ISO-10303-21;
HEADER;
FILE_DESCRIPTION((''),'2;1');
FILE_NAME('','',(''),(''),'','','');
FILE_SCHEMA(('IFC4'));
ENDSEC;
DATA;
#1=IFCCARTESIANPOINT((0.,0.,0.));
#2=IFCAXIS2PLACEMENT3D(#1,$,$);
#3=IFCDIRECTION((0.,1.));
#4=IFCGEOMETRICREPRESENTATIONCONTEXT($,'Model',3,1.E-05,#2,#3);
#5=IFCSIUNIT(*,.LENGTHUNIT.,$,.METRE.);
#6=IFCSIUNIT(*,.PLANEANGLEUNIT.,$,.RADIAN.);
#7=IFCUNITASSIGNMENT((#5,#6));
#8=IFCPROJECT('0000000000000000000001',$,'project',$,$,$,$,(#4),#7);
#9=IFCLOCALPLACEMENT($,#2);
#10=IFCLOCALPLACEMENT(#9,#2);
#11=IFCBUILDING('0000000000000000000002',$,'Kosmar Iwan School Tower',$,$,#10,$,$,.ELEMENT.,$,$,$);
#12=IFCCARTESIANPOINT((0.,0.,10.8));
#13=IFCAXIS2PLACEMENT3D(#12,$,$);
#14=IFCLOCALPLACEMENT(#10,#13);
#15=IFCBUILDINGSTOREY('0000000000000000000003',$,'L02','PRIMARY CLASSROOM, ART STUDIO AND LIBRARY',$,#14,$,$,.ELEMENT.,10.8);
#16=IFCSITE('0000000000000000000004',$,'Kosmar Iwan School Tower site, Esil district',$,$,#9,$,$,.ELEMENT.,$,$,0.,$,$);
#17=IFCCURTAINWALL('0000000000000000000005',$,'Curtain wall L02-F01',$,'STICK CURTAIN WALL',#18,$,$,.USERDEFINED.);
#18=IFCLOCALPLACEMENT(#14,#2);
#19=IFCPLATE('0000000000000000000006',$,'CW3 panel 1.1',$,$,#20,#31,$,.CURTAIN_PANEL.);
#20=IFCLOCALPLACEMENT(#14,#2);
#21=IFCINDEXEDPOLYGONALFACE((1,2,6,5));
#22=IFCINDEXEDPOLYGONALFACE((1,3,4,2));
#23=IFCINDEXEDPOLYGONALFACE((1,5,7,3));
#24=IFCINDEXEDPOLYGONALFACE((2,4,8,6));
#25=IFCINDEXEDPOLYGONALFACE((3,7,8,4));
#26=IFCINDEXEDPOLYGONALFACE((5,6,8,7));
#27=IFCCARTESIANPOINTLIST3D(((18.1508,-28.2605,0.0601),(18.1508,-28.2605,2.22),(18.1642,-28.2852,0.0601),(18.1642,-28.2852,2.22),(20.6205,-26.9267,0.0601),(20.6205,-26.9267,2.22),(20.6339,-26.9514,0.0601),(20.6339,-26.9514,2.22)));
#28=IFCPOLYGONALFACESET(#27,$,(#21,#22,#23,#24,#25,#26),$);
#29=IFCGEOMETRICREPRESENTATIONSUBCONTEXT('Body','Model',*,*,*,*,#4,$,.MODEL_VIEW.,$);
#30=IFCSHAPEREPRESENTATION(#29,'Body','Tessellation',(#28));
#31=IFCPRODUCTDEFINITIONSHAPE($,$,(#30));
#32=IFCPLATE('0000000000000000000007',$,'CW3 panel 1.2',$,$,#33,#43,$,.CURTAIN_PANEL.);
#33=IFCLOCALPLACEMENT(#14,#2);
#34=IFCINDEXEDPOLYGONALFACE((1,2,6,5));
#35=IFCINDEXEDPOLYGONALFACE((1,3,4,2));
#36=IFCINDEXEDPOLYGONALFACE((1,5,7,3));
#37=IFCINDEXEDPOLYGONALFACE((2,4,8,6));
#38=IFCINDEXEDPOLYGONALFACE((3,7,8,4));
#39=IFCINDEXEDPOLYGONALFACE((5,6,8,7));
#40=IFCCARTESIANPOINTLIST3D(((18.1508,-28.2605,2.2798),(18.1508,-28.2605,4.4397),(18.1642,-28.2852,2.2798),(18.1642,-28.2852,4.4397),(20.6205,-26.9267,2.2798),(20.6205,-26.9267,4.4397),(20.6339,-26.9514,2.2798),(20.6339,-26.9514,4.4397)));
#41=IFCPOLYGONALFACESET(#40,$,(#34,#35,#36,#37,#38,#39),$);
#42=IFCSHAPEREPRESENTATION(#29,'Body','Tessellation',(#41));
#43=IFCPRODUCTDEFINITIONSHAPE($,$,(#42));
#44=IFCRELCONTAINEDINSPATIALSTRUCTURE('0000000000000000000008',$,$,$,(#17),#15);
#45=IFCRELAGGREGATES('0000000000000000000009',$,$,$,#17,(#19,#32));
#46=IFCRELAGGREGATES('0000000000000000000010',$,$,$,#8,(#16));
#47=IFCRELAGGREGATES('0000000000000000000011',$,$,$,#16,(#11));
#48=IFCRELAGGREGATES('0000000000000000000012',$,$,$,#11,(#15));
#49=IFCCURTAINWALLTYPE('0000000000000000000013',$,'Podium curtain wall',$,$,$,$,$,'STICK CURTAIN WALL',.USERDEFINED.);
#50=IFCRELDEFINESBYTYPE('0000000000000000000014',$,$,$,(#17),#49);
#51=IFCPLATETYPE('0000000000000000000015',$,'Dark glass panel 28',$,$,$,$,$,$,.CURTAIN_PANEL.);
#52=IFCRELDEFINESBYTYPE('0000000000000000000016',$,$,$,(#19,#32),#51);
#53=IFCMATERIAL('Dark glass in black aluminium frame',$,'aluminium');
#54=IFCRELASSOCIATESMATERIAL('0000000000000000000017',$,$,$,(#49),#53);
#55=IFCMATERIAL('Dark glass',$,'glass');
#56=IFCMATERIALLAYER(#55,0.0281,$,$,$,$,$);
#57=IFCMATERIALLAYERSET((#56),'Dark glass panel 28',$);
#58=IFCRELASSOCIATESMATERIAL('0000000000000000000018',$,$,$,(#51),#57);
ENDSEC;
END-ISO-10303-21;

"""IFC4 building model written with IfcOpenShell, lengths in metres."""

from ifc_helpers import new_model, si_unit, direction, frame, origin, origin_2d, place, context, subcontext, project, spatial, rectangle, extrude, material, layer, layer_set, type_object, element, aggregate, save


model = new_model("IFC4")

# Units and contexts
model_context = context("Model", 3, precision=1e-05, world=origin(), true_north=direction((0.0, 1.0)))
body_context = subcontext(model_context, "Body", "Model", "MODEL_VIEW")
ifc_project = project(units=[si_unit("LENGTHUNIT", "METRE"), si_unit("PLANEANGLEUNIT", "RADIAN")], contexts=[model_context])

# Site, building, storey
site_placement = place(None, origin())
site = spatial("IfcSite", under=ifc_project, at=site_placement, Name="Kosmar Iwan School Tower site, Esil district", CompositionType="ELEMENT", RefElevation=0.0)
building_placement = place(site_placement, origin())
building = spatial("IfcBuilding", under=site, at=building_placement, Name="Kosmar Iwan School Tower", CompositionType="ELEMENT")
storey_placement = place(building_placement, frame((0.0, 0.0, 10.8)))
storey = spatial("IfcBuildingStorey", under=building, at=storey_placement, Name="L02", Description="PRIMARY CLASSROOM, ART STUDIO AND LIBRARY", CompositionType="ELEMENT", Elevation=10.8)

# Shared definitions
ifc_material_1 = material(Name="Dark glass in black aluminium frame", Category="aluminium")
curtain_wall_type = type_object("IfcCurtainWallType", Name="Podium curtain wall", ElementType="STICK CURTAIN WALL", PredefinedType="USERDEFINED", material=ifc_material_1)

# Curtain wall
curtain_wall_1_placement = place(storey_placement, origin())
curtain_wall_1 = element("IfcCurtainWall", 1, at=curtain_wall_1_placement, inside=storey, type_object=curtain_wall_type, Name="Curtain wall L02-F01", ObjectType="STICK CURTAIN WALL", PredefinedType="USERDEFINED")

# Plates
ifc_material_2 = material(Name="Dark glass", Category="glass")
ifc_layer = layer(ifc_material_2, 0.0281)
ifc_layer_set = layer_set([ifc_layer], Name="Dark glass panel 28")
plate_type = type_object("IfcPlateType", Name="Dark glass panel 28", PredefinedType="CURTAIN_PANEL", material=ifc_layer_set)
plate_1_placement = place(storey_placement, frame((19.3923, -27.606, 0.0601), z_axis=(0.0, 0.0, 1.0), x_axis=(0.879869, 0.475215, 0.0)))
plate_1 = element("IfcPlate", 2, at=plate_1_placement, type_object=plate_type, Name="CW3 panel 1.1", PredefinedType="CURTAIN_PANEL", context=body_context, shape_type="SweptSolid", body=[
    extrude(rectangle(XDim=2.8069, YDim=0.0281, at=origin_2d()), origin(), (0.0, 0.0, 1.0), 2.1599),
])
plate_2_placement = place(storey_placement, frame((19.3923, -27.606, 2.2798), z_axis=(0.0, 0.0, 1.0), x_axis=(0.879869, 0.475215, 0.0)))
plate_2 = element("IfcPlate", 3, at=plate_2_placement, type_object=plate_type, Name="CW3 panel 1.2", PredefinedType="CURTAIN_PANEL", context=body_context, shape_type="SweptSolid", body=[
    extrude(rectangle(XDim=2.8069, YDim=0.0281, at=origin_2d()), origin(), (0.0, 0.0, 1.0), 2.1599),
])
aggregate(curtain_wall_1, [plate_1, plate_2])

save(model, "model.ifc")
